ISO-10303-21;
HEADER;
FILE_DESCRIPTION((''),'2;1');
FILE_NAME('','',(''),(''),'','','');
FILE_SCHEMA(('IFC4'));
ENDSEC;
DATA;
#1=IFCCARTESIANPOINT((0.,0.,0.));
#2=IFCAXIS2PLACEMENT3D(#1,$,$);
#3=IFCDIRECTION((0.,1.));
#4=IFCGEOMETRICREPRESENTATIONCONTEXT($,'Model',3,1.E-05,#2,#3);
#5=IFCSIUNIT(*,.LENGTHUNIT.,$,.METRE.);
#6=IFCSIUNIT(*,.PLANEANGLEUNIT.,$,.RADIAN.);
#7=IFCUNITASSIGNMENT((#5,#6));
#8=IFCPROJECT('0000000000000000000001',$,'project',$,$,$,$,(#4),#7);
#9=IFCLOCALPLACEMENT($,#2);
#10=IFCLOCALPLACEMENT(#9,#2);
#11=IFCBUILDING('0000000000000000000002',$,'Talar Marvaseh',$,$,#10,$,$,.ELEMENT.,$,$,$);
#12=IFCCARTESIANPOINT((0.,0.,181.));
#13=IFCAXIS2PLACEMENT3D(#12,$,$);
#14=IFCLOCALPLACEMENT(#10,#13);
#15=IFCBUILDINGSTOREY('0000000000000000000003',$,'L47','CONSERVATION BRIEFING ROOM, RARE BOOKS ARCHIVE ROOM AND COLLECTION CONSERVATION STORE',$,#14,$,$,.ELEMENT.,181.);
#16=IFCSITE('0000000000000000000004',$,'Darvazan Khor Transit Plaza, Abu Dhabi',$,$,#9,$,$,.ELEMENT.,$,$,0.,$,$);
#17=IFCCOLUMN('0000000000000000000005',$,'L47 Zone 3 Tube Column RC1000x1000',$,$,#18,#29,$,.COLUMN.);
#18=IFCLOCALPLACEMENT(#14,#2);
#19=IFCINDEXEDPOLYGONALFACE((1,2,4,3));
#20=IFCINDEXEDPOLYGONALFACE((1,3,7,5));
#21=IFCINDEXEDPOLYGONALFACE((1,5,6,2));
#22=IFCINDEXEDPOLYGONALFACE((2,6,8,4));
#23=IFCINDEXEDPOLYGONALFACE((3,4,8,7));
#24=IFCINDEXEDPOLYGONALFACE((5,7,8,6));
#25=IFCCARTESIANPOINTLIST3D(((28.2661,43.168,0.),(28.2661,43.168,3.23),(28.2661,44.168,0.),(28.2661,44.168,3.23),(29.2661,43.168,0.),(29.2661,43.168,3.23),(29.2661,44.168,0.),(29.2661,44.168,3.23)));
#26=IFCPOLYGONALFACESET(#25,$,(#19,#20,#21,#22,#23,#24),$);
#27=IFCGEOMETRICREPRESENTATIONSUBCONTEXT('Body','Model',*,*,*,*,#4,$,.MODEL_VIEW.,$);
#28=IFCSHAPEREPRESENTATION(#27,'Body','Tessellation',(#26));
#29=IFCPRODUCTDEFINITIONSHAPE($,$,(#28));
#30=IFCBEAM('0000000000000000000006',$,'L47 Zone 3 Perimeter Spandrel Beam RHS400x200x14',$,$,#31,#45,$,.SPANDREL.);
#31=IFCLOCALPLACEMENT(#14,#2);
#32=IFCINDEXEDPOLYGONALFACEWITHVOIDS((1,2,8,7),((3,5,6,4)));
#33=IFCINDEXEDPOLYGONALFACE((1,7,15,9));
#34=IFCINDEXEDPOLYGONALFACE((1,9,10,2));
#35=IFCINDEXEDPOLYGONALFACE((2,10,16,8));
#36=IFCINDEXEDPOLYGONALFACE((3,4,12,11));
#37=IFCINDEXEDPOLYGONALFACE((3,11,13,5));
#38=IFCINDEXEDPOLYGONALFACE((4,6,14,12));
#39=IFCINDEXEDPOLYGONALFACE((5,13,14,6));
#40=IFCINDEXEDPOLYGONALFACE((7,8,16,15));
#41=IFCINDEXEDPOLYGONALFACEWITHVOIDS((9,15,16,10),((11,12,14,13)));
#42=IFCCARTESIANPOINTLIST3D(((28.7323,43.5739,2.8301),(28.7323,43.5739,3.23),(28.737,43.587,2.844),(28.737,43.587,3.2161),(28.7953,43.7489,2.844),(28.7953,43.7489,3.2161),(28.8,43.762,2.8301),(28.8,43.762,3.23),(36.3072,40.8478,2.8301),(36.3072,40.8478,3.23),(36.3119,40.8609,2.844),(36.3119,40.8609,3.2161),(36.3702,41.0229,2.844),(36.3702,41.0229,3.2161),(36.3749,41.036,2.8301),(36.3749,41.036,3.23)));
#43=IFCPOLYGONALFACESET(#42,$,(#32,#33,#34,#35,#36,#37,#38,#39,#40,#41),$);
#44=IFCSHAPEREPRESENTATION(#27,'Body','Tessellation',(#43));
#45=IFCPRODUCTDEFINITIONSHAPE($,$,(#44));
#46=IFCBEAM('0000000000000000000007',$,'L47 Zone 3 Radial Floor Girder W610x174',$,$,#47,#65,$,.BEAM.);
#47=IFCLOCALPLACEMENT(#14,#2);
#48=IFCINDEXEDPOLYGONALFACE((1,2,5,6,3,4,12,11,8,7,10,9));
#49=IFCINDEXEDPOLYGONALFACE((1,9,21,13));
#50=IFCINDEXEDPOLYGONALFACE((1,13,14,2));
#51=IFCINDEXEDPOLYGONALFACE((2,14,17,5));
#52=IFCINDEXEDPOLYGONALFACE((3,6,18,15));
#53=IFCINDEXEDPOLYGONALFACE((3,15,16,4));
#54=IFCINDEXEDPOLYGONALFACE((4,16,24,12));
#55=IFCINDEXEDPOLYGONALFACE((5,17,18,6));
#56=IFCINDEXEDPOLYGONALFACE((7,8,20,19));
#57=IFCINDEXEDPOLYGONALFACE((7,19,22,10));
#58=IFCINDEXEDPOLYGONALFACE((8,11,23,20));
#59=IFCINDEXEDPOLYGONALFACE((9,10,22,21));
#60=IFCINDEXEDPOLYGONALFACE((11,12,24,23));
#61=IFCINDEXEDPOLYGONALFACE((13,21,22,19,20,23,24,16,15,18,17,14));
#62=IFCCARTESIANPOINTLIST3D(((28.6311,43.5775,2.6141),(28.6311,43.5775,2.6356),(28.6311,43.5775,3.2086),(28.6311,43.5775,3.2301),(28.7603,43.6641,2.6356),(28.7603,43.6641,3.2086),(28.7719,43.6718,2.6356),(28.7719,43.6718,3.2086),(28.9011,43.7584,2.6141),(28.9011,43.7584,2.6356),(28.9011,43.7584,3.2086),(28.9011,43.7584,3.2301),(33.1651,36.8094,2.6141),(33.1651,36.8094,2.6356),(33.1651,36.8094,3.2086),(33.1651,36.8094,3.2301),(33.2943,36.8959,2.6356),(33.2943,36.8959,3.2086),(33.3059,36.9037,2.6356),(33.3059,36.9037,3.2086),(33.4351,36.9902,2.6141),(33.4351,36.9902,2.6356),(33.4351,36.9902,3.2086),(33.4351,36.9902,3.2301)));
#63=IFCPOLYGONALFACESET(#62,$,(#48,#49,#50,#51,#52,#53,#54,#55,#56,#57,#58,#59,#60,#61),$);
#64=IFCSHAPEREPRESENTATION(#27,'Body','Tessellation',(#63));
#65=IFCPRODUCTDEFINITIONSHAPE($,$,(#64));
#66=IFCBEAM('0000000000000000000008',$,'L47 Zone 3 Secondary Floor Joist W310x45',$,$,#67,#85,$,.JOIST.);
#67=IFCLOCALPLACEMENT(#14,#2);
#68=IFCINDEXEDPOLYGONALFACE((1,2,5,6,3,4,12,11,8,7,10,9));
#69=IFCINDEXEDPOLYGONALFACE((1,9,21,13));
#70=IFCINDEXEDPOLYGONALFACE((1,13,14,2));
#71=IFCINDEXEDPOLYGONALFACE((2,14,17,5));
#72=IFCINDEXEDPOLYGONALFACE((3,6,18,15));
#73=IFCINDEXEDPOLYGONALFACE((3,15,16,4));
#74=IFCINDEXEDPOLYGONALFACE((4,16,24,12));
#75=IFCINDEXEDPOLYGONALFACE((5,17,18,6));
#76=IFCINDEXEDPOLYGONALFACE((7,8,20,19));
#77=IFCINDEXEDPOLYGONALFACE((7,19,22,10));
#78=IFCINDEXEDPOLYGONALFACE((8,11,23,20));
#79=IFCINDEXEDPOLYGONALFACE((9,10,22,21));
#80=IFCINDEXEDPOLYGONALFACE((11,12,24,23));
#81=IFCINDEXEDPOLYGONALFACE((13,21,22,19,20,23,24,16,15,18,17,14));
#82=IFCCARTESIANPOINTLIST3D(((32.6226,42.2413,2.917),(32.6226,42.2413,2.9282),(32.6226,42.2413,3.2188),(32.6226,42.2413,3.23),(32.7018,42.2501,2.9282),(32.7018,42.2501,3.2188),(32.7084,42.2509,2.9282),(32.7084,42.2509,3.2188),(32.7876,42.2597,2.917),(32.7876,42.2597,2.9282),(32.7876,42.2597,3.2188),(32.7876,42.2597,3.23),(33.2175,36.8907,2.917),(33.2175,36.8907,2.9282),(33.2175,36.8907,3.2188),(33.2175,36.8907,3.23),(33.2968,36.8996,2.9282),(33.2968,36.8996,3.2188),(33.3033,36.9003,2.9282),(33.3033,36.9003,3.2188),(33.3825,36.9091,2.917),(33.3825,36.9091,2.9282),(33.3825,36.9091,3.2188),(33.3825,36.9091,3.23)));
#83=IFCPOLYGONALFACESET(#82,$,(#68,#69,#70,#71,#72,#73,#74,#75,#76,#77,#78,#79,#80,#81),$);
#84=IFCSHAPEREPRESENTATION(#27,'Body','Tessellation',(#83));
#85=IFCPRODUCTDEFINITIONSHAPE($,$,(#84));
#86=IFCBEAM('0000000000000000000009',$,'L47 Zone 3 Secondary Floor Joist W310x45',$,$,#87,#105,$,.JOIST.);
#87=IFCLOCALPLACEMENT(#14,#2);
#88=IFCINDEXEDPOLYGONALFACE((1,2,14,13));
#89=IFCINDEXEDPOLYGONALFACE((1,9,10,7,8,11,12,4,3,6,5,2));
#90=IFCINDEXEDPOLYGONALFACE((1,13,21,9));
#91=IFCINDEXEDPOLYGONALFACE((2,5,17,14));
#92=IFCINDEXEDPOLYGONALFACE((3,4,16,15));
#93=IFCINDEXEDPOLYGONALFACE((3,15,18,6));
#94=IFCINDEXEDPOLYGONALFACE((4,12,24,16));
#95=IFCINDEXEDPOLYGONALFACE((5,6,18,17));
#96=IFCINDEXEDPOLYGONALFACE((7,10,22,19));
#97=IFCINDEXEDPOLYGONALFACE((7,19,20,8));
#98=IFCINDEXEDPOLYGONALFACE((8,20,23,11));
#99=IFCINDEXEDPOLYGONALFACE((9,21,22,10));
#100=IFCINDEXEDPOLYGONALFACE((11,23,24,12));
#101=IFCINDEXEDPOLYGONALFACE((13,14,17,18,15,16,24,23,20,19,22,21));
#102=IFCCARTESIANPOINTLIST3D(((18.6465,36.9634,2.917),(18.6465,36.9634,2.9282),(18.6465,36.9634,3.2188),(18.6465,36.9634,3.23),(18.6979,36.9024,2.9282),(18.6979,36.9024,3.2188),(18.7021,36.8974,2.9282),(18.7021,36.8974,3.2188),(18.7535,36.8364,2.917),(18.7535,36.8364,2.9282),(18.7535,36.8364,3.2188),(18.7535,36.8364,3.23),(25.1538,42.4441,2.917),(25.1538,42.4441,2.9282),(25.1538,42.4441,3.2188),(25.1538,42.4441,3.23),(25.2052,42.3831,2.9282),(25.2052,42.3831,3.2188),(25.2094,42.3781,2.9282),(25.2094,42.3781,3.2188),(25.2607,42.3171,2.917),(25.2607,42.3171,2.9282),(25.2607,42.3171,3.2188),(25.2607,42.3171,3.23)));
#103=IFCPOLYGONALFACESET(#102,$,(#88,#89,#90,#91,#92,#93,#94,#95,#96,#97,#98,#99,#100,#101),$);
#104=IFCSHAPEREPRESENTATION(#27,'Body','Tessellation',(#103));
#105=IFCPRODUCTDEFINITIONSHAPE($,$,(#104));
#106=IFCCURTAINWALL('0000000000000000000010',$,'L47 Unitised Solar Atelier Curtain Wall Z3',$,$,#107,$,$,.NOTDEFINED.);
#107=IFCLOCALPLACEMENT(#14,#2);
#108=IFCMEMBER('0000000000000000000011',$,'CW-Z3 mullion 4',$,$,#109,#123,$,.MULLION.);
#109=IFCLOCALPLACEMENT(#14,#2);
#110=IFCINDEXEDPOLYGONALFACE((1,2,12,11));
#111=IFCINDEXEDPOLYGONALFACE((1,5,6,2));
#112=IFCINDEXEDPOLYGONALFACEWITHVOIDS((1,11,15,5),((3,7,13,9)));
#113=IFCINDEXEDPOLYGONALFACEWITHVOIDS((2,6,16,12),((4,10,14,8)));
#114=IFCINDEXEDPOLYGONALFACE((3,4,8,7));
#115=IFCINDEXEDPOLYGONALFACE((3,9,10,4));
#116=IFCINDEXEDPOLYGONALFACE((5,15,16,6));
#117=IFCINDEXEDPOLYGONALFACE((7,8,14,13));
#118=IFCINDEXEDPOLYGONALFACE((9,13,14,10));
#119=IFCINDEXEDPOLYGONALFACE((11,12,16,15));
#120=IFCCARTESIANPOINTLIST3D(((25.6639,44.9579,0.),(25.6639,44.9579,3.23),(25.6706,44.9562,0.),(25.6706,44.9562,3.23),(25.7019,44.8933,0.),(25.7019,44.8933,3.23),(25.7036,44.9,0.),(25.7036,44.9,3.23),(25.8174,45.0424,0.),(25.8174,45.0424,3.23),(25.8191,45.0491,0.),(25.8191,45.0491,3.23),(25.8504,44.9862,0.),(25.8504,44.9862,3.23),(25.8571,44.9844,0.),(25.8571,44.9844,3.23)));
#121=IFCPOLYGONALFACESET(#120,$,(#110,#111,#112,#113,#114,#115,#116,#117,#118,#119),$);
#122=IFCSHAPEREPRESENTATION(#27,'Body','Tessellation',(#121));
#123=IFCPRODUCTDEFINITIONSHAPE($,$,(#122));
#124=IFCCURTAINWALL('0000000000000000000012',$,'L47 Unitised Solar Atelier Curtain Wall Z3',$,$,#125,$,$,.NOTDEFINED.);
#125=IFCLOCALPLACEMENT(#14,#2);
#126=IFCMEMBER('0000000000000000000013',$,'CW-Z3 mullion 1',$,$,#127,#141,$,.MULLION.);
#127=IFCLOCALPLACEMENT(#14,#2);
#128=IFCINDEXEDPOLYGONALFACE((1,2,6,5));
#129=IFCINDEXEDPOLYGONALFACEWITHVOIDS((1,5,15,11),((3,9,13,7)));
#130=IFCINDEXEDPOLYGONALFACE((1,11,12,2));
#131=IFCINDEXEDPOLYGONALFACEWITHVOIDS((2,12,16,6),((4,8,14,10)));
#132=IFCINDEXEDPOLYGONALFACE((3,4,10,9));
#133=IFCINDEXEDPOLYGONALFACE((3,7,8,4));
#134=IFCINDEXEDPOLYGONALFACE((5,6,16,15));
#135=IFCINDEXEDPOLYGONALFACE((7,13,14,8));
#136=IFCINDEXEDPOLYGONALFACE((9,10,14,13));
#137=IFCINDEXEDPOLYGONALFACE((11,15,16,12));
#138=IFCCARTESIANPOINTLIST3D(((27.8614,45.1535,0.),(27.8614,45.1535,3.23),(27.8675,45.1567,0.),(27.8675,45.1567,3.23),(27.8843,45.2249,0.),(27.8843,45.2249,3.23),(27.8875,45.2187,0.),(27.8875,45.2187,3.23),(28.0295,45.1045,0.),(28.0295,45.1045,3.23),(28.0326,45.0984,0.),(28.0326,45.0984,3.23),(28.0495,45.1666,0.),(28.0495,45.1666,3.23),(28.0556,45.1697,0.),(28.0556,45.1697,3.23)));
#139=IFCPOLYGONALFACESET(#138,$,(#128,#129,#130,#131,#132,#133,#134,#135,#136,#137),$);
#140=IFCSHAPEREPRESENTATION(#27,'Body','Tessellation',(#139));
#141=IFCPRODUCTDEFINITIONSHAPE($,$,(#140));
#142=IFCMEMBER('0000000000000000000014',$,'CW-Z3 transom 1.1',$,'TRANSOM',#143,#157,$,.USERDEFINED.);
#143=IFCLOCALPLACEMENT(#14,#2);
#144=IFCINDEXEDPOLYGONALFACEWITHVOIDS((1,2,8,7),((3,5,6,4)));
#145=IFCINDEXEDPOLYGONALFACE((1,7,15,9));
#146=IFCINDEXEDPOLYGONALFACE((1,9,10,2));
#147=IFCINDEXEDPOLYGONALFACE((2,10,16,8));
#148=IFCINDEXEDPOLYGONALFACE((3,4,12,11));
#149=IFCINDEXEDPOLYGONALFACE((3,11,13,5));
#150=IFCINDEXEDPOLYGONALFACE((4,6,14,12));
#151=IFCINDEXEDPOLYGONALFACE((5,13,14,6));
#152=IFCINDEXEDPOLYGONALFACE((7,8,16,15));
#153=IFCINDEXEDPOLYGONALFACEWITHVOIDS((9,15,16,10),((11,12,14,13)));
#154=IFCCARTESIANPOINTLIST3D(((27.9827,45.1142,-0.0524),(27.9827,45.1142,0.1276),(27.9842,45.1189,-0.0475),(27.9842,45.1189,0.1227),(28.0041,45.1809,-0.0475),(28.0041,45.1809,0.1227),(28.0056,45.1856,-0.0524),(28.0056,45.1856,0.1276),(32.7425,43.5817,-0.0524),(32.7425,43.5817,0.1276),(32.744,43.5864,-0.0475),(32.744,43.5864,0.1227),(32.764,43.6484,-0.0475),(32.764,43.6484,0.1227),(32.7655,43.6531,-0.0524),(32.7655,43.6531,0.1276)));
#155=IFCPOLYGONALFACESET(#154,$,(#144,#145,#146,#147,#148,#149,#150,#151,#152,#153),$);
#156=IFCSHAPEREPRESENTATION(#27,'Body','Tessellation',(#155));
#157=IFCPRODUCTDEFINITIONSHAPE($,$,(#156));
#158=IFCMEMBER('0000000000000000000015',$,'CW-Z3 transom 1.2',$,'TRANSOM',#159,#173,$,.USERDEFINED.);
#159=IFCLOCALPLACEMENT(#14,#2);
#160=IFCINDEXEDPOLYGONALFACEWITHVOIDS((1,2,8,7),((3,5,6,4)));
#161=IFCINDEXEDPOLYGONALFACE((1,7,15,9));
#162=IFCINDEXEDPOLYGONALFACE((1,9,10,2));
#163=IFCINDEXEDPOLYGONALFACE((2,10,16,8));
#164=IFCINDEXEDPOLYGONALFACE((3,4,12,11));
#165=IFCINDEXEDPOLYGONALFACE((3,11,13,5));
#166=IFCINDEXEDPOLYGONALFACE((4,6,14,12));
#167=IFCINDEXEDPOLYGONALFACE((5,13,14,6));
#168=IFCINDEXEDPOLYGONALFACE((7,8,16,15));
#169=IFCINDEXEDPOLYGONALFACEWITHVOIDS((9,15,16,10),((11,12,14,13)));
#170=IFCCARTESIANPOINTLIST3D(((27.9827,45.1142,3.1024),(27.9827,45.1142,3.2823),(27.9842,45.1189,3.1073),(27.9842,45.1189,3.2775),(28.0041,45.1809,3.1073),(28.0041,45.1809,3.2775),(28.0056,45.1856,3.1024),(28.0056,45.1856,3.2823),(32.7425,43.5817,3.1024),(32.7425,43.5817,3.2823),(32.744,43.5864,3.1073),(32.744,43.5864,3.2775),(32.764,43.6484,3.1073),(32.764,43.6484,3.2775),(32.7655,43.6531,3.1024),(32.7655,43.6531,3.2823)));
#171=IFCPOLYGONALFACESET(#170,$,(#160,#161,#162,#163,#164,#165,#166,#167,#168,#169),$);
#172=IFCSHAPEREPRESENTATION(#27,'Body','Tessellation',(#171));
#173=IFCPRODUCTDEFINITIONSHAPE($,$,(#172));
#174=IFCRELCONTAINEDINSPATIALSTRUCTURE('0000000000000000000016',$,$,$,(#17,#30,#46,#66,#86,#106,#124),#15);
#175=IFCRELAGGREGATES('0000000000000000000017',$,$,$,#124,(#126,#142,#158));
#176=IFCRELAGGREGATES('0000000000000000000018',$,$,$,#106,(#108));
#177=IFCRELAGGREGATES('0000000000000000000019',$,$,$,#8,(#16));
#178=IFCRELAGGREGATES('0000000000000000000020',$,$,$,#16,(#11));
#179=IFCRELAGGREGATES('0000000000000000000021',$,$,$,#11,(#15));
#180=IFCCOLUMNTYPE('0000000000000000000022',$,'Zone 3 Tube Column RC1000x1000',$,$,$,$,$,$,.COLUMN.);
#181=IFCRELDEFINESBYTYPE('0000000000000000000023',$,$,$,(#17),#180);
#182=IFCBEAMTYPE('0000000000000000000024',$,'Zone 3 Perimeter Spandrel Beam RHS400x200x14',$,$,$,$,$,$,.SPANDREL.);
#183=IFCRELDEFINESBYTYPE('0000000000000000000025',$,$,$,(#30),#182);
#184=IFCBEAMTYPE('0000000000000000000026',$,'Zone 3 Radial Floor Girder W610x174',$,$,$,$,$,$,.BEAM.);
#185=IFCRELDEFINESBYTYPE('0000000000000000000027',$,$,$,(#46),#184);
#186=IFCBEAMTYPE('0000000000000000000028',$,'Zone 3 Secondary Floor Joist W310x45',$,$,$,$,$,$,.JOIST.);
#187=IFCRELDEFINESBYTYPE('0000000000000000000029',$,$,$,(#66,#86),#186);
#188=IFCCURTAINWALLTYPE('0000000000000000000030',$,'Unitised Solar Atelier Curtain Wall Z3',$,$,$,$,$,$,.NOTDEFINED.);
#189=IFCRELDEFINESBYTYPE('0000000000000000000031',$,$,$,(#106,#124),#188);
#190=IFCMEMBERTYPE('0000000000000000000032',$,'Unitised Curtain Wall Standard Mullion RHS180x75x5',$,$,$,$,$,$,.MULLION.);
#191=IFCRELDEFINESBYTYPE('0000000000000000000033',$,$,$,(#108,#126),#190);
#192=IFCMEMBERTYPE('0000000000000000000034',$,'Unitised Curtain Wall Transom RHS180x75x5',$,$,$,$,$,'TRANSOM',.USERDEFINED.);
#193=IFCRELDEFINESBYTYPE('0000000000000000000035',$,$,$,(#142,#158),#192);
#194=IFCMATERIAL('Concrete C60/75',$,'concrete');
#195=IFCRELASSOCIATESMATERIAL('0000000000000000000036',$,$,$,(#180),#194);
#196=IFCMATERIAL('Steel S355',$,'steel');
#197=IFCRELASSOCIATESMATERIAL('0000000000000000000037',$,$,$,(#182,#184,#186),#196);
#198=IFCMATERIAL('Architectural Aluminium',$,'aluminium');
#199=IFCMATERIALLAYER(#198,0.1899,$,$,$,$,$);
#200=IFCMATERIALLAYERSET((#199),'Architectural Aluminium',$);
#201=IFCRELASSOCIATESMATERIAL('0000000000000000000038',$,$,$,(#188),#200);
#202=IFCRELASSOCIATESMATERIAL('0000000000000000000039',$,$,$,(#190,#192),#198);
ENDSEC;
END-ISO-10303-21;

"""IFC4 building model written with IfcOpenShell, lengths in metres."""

from ifc_helpers import new_model, si_unit, direction, frame, origin, origin_2d, place, context, subcontext, project, spatial, rectangle, hollow_rectangle, i_section, extrude, source, transform, mapped, material, layer, layer_set, material_profile, profile_set, type_object, type_shapes, element, aggregate, save


model = new_model("IFC4")

# Units and contexts
model_context = context("Model", 3, precision=1e-05, world=origin(), true_north=direction((0.0, 1.0)))
body_context = subcontext(model_context, "Body", "Model", "MODEL_VIEW")
ifc_project = project(units=[si_unit("LENGTHUNIT", "METRE"), si_unit("PLANEANGLEUNIT", "RADIAN")], contexts=[model_context])

# Site, building, storey
site_placement = place(None, origin())
site = spatial("IfcSite", under=ifc_project, at=site_placement, Name="Darvazan Khor Transit Plaza, Abu Dhabi", CompositionType="ELEMENT", RefElevation=0.0)
building_placement = place(site_placement, origin())
building = spatial("IfcBuilding", under=site, at=building_placement, Name="Talar Marvaseh", CompositionType="ELEMENT")
storey_placement = place(building_placement, frame((0.0, 0.0, 181.0)))
storey = spatial("IfcBuildingStorey", under=building, at=storey_placement, Name="L47", Description="CONSERVATION BRIEFING ROOM, RARE BOOKS ARCHIVE ROOM AND COLLECTION CONSERVATION STORE", CompositionType="ELEMENT", Elevation=181.0)

# Column
ifc_material_1 = material(Name="Concrete C60/75", Category="concrete")
ifc_material_profile_1 = material_profile(ifc_material_1, rectangle(XDim=1.0, YDim=1.0, at=origin_2d()), Name="RC1000x1000")
ifc_profile_set_1 = profile_set([ifc_material_profile_1], Name="Concrete C60/75")
column_type = type_object("IfcColumnType", Name="Zone 3 Tube Column RC1000x1000", PredefinedType="COLUMN", material=ifc_profile_set_1)
column_placement = place(storey_placement, frame((28.7661, 43.668, 0.0), z_axis=(0.0, 0.0, 1.0), x_axis=(1.0, 0.0, 0.0)))
element("IfcColumn", 1, at=column_placement, inside=storey, type_object=column_type, Name="L47 Zone 3 Tube Column RC1000x1000", PredefinedType="COLUMN", context=body_context, shape_type="SweptSolid", body=[
    extrude(rectangle(XDim=1.0, YDim=1.0, at=origin_2d()), origin(), (0.0, 0.0, 1.0), 3.23),
])

# Beams
ifc_material_2 = material(Name="Steel S355", Category="steel")
ifc_material_profile_2 = material_profile(ifc_material_2, hollow_rectangle(XDim=0.2, YDim=0.3999, WallThickness=0.0139, at=origin_2d()), Name="RHS400x200x14")
ifc_profile_set_2 = profile_set([ifc_material_profile_2], Name="Steel S355")
beam_type_1 = type_object("IfcBeamType", Name="Zone 3 Perimeter Spandrel Beam RHS400x200x14", PredefinedType="SPANDREL", material=ifc_profile_set_2)
beam_1_placement = place(storey_placement, frame((28.7661, 43.668, 3.03), z_axis=(0.940923, -0.33862, 0.0), x_axis=(0.33862, 0.940923, 0.0)))
element("IfcBeam", 2, at=beam_1_placement, inside=storey, type_object=beam_type_1, Name="L47 Zone 3 Perimeter Spandrel Beam RHS400x200x14", PredefinedType="SPANDREL", context=body_context, shape_type="SweptSolid", body=[
    extrude(hollow_rectangle(XDim=0.2, YDim=0.3999, WallThickness=0.0139, at=origin_2d()), origin(), (0.0, 0.0, 1.0), 8.0505),
])
ifc_material_profile_3 = material_profile(ifc_material_2, i_section(OverallWidth=0.325, OverallDepth=0.616, WebThickness=0.0139, FlangeThickness=0.0215, at=origin_2d()), Name="W610x174")
ifc_profile_set_3 = profile_set([ifc_material_profile_3], Name="Steel S355")
beam_type_2 = type_object("IfcBeamType", Name="Zone 3 Radial Floor Girder W610x174", PredefinedType="BEAM", material=ifc_profile_set_3)
beam_2_placement = place(storey_placement, frame((28.7661, 43.668, 2.9221), z_axis=(0.556559, -0.830808, 0.0), x_axis=(0.830808, 0.556559, 0.0)))
element("IfcBeam", 3, at=beam_2_placement, inside=storey, type_object=beam_type_2, Name="L47 Zone 3 Radial Floor Girder W610x174", PredefinedType="BEAM", context=body_context, shape_type="SweptSolid", body=[
    extrude(i_section(OverallWidth=0.325, OverallDepth=0.616, WebThickness=0.0139, FlangeThickness=0.0215, at=origin_2d()), origin(), (0.0, 0.0, 1.0), 8.1465),
])
ifc_material_profile_4 = material_profile(ifc_material_2, i_section(OverallWidth=0.166, OverallDepth=0.313, WebThickness=0.0066, FlangeThickness=0.0112, at=origin_2d()), Name="W310x45")
ifc_profile_set_4 = profile_set([ifc_material_profile_4], Name="Steel S355")
beam_type_3 = type_object("IfcBeamType", Name="Zone 3 Secondary Floor Joist W310x45", PredefinedType="JOIST", material=ifc_profile_set_4)
beam_3_placement = place(storey_placement, frame((32.7051, 42.2505, 3.0735), z_axis=(0.110516, -0.993874, 0.0), x_axis=(0.993874, 0.110516, 0.0)))
element("IfcBeam", 4, at=beam_3_placement, inside=storey, type_object=beam_type_3, Name="L47 Zone 3 Secondary Floor Joist W310x45", PredefinedType="JOIST", context=body_context, shape_type="SweptSolid", body=[
    extrude(i_section(OverallWidth=0.166, OverallDepth=0.313, WebThickness=0.0066, FlangeThickness=0.0112, at=origin_2d()), origin(), (0.0, 0.0, 1.0), 5.3835),
])
beam_4_placement = place(storey_placement, frame((25.2073, 42.3806, 3.0735), z_axis=(-0.764861, -0.644195, 0.0), x_axis=(0.644195, -0.764861, 0.0)))
element("IfcBeam", 5, at=beam_4_placement, inside=storey, type_object=beam_type_3, Name="L47 Zone 3 Secondary Floor Joist W310x45", PredefinedType="JOIST", context=body_context, shape_type="SweptSolid", body=[
    extrude(i_section(OverallWidth=0.166, OverallDepth=0.313, WebThickness=0.0066, FlangeThickness=0.0112, at=origin_2d()), origin(), (0.0, 0.0, 1.0), 8.5078),
])

# Curtain wall, member
ifc_material_3 = material(Name="Architectural Aluminium", Category="aluminium")
ifc_layer_1 = layer(ifc_material_3, 0.1899)
ifc_layer_set_1 = layer_set([ifc_layer_1], Name="Architectural Aluminium")
curtain_wall_type = type_object("IfcCurtainWallType", Name="Unitised Solar Atelier Curtain Wall Z3", PredefinedType="NOTDEFINED", material=ifc_layer_set_1)
curtain_wall_1_placement = place(storey_placement, origin())
curtain_wall_1 = element("IfcCurtainWall", 6, at=curtain_wall_1_placement, inside=storey, type_object=curtain_wall_type, Name="L47 Unitised Solar Atelier Curtain Wall Z3", PredefinedType="NOTDEFINED")
ifc_material_profile_5 = material_profile(ifc_material_3, hollow_rectangle(XDim=0.075, YDim=0.1799, WallThickness=0.0049, at=origin_2d()), Name="RHS180x75x5")
ifc_profile_set_5 = profile_set([ifc_material_profile_5], Name="Architectural Aluminium")
member_type_1 = type_object("IfcMemberType", Name="Unitised Curtain Wall Standard Mullion RHS180x75x5", PredefinedType="MULLION", material=ifc_profile_set_5)
shared_shape_1 = source(origin(), body_context, "Body", "SweptSolid", [
    extrude(hollow_rectangle(XDim=0.075, YDim=0.1799, WallThickness=0.0049, at=origin_2d()), origin(), (0.0, 0.0, 1.0), 3.23),
])
type_shapes(member_type_1, [shared_shape_1])
member_1_placement = place(storey_placement, frame((25.7605, 44.9712, 0.0), z_axis=(0.0, 0.0, 1.0), x_axis=(-0.506514, 0.862232, 0.0)))
member_1 = element("IfcMember", 7, at=member_1_placement, type_object=member_type_1, Name="CW-Z3 mullion 4", PredefinedType="MULLION", context=body_context, shape_type="MappedRepresentation", body=[
    mapped(shared_shape_1, transform((0.0, 0.0, 0.0), x_axis=(1.0, 0.0, 0.0), y_axis=(0.0, 1.0, 0.0), z_axis=(0.0, 0.0, 1.0), scale=1.0)),
])

# Curtain wall, members
curtain_wall_2_placement = place(storey_placement, origin())
curtain_wall_2 = element("IfcCurtainWall", 8, at=curtain_wall_2_placement, inside=storey, type_object=curtain_wall_type, Name="L47 Unitised Solar Atelier Curtain Wall Z3", PredefinedType="NOTDEFINED")
member_2_placement = place(storey_placement, frame((27.9585, 45.1616, 0.0), z_axis=(0.0, 0.0, 1.0), x_axis=(0.306465, 0.951882, 0.0)))
member_2 = element("IfcMember", 9, at=member_2_placement, type_object=member_type_1, Name="CW-Z3 mullion 1", PredefinedType="MULLION", context=body_context, shape_type="MappedRepresentation", body=[
    mapped(shared_shape_1, transform((0.0, 0.0, 0.0), x_axis=(1.0, 0.0, 0.0), y_axis=(0.0, 1.0, 0.0), z_axis=(0.0, 0.0, 1.0), scale=1.0)),
])
ifc_material_profile_6 = material_profile(ifc_material_3, hollow_rectangle(XDim=0.075, YDim=0.1799, WallThickness=0.0049, at=origin_2d()), Name="RHS180x75x5")
ifc_profile_set_6 = profile_set([ifc_material_profile_6], Name="Architectural Aluminium")
member_type_2 = type_object("IfcMemberType", Name="Unitised Curtain Wall Transom RHS180x75x5", ElementType="TRANSOM", PredefinedType="USERDEFINED", material=ifc_profile_set_6)
shared_shape_2 = source(origin(), body_context, "Body", "SweptSolid", [
    extrude(hollow_rectangle(XDim=0.075, YDim=0.1799, WallThickness=0.0049, at=origin_2d()), origin(), (0.0, 0.0, 1.0), 5.0005),
])
type_shapes(member_type_2, [shared_shape_2])
member_3_placement = place(storey_placement, frame((27.9941, 45.1499, 0.0376), z_axis=(0.95188, -0.306471, 0.0), x_axis=(0.306471, 0.95188, 0.0)))
member_3 = element("IfcMember", 10, at=member_3_placement, type_object=member_type_2, Name="CW-Z3 transom 1.1", ObjectType="TRANSOM", PredefinedType="USERDEFINED", context=body_context, shape_type="MappedRepresentation", body=[
    mapped(shared_shape_2, transform((0.0, 0.0, 0.0), x_axis=(1.0, 0.0, 0.0), y_axis=(0.0, 1.0, 0.0), z_axis=(0.0, 0.0, 1.0), scale=1.0)),
])
member_4_placement = place(storey_placement, frame((27.9941, 45.1499, 3.1924), z_axis=(0.95188, -0.306471, 0.0), x_axis=(0.306471, 0.95188, 0.0)))
member_4 = element("IfcMember", 11, at=member_4_placement, type_object=member_type_2, Name="CW-Z3 transom 1.2", ObjectType="TRANSOM", PredefinedType="USERDEFINED", context=body_context, shape_type="MappedRepresentation", body=[
    mapped(shared_shape_2, transform((0.0, 0.0, 0.0), x_axis=(1.0, 0.0, 0.0), y_axis=(0.0, 1.0, 0.0), z_axis=(0.0, 0.0, 1.0), scale=1.0)),
])
aggregate(curtain_wall_2, [member_2, member_3, member_4])

aggregate(curtain_wall_1, [member_1])

save(model, "model.ifc")
